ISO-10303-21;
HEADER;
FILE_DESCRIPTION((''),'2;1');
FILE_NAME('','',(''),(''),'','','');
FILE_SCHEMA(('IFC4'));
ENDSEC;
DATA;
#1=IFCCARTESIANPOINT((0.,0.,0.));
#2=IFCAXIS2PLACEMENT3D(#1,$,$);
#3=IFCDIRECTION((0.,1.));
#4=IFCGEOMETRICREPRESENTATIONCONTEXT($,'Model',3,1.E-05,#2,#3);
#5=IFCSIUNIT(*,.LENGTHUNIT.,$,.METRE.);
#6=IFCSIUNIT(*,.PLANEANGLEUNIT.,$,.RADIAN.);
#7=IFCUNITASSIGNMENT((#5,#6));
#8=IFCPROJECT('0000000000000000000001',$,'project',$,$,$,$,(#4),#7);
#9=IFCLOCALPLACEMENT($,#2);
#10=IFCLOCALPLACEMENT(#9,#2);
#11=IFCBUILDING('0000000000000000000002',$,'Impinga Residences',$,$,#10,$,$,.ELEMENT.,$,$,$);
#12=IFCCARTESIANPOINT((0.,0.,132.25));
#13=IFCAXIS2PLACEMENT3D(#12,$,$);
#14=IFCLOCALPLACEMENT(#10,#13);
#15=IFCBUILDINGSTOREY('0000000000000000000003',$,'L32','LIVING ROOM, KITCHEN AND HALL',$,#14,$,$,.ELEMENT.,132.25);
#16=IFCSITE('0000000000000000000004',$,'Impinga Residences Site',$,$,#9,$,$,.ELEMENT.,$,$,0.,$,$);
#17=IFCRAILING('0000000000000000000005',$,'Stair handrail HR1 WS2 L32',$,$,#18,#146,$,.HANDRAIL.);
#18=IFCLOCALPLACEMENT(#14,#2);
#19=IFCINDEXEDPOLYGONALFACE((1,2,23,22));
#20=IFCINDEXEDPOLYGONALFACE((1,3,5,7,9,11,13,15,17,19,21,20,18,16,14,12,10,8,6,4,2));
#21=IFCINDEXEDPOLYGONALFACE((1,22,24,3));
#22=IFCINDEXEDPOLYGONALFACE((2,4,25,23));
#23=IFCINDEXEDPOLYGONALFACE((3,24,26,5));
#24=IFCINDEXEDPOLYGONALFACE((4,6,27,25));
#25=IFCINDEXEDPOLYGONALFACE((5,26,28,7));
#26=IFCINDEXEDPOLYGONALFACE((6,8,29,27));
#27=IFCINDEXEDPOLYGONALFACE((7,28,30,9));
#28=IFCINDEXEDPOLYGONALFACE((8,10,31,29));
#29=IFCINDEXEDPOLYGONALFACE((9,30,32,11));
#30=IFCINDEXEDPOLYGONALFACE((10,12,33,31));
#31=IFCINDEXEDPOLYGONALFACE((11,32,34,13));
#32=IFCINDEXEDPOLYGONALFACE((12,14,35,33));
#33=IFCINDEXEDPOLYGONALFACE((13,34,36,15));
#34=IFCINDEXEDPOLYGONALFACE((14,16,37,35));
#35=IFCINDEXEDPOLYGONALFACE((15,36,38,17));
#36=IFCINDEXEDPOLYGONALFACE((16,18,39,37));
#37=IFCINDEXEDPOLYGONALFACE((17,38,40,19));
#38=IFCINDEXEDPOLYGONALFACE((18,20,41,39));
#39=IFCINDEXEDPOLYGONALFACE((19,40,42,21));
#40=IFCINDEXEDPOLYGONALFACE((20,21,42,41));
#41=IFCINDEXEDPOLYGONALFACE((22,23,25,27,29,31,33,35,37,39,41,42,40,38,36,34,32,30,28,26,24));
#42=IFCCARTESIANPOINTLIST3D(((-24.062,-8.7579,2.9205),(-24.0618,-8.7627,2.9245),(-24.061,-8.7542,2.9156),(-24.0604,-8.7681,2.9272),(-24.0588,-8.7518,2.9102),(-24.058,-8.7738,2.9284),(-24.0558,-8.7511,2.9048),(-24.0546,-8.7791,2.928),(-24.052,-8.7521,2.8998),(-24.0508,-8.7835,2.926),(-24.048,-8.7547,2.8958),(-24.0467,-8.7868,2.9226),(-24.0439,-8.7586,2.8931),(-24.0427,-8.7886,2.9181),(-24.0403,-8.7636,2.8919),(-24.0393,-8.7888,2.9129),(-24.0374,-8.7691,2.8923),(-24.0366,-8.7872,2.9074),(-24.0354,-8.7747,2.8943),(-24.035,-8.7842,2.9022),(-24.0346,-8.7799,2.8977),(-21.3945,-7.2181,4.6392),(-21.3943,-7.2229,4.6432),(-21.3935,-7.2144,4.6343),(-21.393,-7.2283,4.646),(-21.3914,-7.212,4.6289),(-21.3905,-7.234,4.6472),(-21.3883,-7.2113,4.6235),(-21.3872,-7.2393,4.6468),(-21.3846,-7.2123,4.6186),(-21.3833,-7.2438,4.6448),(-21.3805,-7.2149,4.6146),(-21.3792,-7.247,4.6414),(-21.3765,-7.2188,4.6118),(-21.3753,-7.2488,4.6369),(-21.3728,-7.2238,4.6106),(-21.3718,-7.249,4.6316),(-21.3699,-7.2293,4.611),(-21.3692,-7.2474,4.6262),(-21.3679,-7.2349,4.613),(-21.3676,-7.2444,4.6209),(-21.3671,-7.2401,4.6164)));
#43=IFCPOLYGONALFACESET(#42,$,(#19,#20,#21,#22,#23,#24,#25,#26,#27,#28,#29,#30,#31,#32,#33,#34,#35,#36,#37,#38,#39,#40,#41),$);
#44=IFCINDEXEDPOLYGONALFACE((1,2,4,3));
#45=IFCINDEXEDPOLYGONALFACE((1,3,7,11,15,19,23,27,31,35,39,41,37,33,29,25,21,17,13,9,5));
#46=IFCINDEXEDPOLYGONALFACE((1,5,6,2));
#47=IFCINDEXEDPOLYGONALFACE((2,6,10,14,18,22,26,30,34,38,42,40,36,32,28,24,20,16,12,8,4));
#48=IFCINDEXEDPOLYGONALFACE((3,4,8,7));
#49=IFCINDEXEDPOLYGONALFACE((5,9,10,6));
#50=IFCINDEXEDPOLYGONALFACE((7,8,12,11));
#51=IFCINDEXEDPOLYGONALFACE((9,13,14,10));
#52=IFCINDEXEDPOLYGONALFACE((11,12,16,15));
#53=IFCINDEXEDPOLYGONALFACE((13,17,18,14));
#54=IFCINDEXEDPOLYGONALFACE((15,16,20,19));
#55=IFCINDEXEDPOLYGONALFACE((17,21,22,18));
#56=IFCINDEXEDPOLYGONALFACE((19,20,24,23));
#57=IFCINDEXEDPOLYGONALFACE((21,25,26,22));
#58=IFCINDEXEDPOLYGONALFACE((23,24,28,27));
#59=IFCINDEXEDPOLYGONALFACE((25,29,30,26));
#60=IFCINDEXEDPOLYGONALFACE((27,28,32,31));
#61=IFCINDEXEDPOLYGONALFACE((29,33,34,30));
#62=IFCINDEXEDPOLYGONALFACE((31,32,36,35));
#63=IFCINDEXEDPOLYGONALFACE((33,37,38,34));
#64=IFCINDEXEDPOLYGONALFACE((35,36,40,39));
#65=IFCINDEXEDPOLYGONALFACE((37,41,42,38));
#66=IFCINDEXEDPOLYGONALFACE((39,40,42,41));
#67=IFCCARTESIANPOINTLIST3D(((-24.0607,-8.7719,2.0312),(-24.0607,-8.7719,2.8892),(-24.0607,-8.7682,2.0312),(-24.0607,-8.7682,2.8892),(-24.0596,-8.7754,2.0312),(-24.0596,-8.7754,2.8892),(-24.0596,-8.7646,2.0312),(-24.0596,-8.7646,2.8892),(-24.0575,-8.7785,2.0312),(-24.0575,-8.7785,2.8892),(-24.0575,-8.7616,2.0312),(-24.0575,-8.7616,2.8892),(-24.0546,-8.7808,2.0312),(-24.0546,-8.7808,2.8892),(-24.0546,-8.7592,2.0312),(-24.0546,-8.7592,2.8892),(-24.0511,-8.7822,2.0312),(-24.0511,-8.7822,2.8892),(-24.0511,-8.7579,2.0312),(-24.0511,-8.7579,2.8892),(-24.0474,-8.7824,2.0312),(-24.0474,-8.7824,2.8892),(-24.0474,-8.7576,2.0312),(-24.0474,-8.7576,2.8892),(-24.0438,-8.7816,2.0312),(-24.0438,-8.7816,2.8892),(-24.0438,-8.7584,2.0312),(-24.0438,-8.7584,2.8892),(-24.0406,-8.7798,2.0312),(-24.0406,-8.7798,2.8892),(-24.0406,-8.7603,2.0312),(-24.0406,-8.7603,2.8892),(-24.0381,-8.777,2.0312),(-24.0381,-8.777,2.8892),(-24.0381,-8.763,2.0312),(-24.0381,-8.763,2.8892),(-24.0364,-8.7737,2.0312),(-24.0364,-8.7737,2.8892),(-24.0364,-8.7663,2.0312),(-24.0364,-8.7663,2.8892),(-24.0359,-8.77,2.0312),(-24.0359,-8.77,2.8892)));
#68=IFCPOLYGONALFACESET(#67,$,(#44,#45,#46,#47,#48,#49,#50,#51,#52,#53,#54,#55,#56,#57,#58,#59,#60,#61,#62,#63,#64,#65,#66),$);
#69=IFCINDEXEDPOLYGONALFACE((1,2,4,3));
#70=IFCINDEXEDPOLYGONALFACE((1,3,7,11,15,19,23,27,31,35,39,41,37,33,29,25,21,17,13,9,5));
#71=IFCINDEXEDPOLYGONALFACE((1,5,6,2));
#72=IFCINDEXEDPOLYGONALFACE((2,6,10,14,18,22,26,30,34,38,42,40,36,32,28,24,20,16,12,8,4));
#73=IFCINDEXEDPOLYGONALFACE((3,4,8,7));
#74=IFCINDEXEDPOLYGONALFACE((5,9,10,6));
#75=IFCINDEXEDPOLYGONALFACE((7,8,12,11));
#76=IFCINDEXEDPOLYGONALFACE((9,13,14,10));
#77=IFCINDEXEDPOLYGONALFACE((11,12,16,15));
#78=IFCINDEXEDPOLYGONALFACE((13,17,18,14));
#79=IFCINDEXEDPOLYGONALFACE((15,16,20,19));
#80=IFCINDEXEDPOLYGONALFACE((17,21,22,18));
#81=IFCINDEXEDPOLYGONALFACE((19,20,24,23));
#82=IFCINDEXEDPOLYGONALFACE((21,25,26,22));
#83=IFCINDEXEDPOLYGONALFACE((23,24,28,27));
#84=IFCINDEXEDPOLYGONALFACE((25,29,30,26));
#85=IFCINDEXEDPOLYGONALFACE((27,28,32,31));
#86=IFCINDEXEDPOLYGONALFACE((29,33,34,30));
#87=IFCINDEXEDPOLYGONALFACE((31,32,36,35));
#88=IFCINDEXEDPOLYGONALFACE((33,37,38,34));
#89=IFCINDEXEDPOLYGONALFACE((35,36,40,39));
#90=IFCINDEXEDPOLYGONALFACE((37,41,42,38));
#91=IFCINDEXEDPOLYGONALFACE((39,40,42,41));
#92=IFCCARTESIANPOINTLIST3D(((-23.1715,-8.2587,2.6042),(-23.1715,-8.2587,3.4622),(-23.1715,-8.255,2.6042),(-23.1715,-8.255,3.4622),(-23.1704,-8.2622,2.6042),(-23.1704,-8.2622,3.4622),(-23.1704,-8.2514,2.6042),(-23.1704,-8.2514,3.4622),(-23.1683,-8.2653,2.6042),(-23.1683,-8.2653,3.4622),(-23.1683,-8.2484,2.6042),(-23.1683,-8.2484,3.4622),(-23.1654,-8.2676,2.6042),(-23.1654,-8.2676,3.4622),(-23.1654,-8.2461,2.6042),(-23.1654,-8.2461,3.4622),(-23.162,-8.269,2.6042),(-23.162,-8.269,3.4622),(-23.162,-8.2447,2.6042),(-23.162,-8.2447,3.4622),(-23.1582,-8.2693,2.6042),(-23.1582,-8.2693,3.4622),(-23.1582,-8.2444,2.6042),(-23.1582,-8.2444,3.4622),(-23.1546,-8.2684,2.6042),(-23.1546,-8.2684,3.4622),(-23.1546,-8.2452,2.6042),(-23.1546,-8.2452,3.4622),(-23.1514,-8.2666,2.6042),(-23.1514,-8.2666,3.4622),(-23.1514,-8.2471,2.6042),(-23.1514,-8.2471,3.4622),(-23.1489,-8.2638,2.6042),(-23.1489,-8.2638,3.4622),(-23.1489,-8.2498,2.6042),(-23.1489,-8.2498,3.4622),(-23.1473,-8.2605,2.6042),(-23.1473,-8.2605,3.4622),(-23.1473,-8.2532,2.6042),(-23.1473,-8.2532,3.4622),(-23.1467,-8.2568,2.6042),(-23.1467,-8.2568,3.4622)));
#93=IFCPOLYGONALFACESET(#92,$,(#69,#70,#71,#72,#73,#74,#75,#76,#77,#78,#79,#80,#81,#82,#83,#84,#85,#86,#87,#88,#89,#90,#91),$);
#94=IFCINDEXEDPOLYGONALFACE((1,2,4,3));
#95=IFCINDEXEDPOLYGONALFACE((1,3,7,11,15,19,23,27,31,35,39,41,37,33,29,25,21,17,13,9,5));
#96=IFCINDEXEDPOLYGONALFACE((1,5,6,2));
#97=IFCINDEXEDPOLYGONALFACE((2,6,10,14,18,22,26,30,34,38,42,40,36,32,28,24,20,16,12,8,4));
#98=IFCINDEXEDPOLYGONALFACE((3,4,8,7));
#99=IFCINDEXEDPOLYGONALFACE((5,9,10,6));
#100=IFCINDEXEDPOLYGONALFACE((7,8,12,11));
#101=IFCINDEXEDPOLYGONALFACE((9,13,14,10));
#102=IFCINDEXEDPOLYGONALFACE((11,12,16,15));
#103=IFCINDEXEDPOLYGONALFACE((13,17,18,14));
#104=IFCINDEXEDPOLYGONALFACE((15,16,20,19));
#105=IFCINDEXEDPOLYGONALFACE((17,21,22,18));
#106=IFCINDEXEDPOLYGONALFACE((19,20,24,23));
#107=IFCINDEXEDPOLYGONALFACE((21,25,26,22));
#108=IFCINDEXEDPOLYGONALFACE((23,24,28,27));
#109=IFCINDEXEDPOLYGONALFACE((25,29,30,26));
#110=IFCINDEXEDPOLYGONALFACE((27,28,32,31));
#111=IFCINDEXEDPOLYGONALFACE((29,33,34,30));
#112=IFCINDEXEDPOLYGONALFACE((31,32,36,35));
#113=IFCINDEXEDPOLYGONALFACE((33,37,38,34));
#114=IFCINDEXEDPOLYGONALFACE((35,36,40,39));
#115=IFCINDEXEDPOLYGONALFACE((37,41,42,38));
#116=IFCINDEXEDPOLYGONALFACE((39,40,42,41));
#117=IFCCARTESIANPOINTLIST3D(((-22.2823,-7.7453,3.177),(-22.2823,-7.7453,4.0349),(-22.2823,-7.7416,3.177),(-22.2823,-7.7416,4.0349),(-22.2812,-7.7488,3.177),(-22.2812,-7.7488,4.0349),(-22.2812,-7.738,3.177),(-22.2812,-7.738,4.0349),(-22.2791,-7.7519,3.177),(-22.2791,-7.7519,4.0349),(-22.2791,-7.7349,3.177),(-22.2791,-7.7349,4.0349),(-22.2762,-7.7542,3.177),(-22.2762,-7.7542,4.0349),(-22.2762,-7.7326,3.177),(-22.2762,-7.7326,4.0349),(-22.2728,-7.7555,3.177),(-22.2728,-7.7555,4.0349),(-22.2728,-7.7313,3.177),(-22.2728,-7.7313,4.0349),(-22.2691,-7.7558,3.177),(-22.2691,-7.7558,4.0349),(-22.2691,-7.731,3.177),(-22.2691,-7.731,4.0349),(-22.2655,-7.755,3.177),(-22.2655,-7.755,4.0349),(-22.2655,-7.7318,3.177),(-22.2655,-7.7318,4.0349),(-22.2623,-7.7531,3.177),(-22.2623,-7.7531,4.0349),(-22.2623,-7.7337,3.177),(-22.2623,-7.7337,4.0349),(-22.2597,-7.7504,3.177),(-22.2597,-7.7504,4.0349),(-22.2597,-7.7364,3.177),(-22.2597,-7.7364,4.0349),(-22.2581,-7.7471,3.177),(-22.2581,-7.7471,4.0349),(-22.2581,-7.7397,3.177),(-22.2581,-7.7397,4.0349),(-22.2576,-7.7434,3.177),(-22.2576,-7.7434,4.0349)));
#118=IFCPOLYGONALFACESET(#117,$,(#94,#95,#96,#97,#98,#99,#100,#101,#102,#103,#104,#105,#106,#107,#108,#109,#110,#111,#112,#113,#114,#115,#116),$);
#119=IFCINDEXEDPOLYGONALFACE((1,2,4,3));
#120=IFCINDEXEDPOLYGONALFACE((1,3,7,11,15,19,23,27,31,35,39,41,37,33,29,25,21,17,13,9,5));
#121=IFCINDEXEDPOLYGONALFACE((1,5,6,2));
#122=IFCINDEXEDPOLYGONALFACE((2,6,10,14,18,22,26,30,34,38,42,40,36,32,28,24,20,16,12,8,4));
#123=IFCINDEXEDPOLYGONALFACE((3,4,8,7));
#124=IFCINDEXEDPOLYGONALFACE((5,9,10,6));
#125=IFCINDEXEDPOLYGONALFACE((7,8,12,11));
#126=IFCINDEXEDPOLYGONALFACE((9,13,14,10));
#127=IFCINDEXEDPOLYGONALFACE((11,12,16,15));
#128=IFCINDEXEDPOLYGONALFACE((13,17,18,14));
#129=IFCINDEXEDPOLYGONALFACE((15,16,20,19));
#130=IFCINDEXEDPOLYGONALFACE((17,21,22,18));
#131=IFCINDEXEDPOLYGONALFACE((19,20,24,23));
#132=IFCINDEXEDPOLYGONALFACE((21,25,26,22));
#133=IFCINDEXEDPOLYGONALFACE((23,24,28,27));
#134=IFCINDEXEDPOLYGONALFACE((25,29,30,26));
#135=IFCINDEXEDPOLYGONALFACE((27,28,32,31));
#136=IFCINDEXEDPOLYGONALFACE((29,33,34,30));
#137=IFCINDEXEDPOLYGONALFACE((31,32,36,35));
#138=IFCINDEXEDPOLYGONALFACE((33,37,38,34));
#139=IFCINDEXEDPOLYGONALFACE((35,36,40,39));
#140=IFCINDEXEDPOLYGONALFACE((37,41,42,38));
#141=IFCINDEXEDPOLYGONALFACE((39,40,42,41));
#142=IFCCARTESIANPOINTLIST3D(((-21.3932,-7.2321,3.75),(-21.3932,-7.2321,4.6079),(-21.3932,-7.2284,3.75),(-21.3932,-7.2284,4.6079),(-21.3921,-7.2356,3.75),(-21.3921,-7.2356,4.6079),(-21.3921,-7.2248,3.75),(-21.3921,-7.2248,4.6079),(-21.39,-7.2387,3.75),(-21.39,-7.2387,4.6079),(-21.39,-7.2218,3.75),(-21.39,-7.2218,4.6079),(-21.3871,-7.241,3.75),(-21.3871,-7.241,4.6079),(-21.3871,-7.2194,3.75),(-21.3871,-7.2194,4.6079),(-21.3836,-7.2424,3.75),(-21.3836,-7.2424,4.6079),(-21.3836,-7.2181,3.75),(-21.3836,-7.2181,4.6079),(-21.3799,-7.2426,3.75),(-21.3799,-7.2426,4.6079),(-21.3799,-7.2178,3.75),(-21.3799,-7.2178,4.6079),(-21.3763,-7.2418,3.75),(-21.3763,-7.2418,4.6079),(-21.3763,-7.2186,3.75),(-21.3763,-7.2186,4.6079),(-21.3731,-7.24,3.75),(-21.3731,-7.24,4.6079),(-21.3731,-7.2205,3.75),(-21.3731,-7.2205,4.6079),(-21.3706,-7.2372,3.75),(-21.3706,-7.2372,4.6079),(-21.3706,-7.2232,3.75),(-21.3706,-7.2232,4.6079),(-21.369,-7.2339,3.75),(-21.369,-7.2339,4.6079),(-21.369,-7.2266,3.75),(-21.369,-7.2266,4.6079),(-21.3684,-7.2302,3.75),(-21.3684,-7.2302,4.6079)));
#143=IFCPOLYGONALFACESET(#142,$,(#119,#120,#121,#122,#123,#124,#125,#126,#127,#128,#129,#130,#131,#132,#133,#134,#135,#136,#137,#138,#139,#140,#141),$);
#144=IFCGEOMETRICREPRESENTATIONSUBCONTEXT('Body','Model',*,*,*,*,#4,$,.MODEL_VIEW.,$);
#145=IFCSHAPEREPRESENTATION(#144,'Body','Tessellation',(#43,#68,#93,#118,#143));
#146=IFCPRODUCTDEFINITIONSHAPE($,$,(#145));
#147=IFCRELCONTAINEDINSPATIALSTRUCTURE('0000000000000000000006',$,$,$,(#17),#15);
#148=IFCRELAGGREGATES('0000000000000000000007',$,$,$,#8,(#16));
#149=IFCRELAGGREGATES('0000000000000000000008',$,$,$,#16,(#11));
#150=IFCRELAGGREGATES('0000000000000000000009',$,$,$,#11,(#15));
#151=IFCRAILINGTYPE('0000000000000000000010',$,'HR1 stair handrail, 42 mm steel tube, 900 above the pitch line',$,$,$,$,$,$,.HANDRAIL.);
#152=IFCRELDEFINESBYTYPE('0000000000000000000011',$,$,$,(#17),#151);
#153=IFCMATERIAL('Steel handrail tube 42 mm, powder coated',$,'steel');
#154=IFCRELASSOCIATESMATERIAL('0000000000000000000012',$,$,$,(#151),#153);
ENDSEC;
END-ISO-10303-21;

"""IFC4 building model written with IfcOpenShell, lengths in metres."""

from ifc_helpers import new_model, si_unit, direction, frame, origin, origin_2d, place, context, subcontext, project, spatial, circle, extrude, material, type_object, element, save


model = new_model("IFC4")

# Units and contexts
model_context = context("Model", 3, precision=1e-05, world=origin(), true_north=direction((0.0, 1.0)))
body_context = subcontext(model_context, "Body", "Model", "MODEL_VIEW")
ifc_project = project(units=[si_unit("LENGTHUNIT", "METRE"), si_unit("PLANEANGLEUNIT", "RADIAN")], contexts=[model_context])

# Site, building, storey
site_placement = place(None, origin())
site = spatial("IfcSite", under=ifc_project, at=site_placement, Name="Impinga Residences Site", CompositionType="ELEMENT", RefElevation=0.0)
building_placement = place(site_placement, origin())
building = spatial("IfcBuilding", under=site, at=building_placement, Name="Impinga Residences", CompositionType="ELEMENT")
storey_placement = place(building_placement, frame((0.0, 0.0, 132.25)))
storey = spatial("IfcBuildingStorey", under=building, at=storey_placement, Name="L32", Description="LIVING ROOM, KITCHEN AND HALL", CompositionType="ELEMENT", Elevation=132.25)

# Railing
ifc_material_1 = material(Name="Steel handrail tube 42 mm, powder coated", Category="steel")
railing_type_1 = type_object("IfcRailingType", Name="HR1 stair handrail, 42 mm steel tube, 900 above the pitch line", PredefinedType="HANDRAIL", material=ifc_material_1)
railing_1_placement = place(storey_placement, frame((-24.0483, -8.77, 2.0312)))
element("IfcRailing", 1, at=railing_1_placement, inside=storey, type_object=railing_type_1, Name="Stair handrail HR1 WS2 L32", PredefinedType="HANDRAIL", context=body_context, shape_type="SweptSolid", body=[
    extrude(circle(Radius=0.021, at=origin_2d()), frame((0.0, 0.0, 0.8789), z_axis=(0.756279, 0.43656, 0.487297), x_axis=(-0.499933, 0.866064, 0.0)), (0.0, 0.0, 1.0), 3.5271),
    extrude(circle(Radius=0.0125, at=origin_2d()), origin(), (0.0, 0.0, 1.0), 0.8579),
    extrude(circle(Radius=0.0125, at=origin_2d()), frame((0.8892, 0.5132, 0.573)), (0.0, 0.0, 1.0), 0.8579),
    extrude(circle(Radius=0.0125, at=origin_2d()), frame((1.7783, 1.0266, 1.1458)), (0.0, 0.0, 1.0), 0.8579),
    extrude(circle(Radius=0.0125, at=origin_2d()), frame((2.6675, 1.5398, 1.7188)), (0.0, 0.0, 1.0), 0.8579),
])

save(model, "model.ifc")
